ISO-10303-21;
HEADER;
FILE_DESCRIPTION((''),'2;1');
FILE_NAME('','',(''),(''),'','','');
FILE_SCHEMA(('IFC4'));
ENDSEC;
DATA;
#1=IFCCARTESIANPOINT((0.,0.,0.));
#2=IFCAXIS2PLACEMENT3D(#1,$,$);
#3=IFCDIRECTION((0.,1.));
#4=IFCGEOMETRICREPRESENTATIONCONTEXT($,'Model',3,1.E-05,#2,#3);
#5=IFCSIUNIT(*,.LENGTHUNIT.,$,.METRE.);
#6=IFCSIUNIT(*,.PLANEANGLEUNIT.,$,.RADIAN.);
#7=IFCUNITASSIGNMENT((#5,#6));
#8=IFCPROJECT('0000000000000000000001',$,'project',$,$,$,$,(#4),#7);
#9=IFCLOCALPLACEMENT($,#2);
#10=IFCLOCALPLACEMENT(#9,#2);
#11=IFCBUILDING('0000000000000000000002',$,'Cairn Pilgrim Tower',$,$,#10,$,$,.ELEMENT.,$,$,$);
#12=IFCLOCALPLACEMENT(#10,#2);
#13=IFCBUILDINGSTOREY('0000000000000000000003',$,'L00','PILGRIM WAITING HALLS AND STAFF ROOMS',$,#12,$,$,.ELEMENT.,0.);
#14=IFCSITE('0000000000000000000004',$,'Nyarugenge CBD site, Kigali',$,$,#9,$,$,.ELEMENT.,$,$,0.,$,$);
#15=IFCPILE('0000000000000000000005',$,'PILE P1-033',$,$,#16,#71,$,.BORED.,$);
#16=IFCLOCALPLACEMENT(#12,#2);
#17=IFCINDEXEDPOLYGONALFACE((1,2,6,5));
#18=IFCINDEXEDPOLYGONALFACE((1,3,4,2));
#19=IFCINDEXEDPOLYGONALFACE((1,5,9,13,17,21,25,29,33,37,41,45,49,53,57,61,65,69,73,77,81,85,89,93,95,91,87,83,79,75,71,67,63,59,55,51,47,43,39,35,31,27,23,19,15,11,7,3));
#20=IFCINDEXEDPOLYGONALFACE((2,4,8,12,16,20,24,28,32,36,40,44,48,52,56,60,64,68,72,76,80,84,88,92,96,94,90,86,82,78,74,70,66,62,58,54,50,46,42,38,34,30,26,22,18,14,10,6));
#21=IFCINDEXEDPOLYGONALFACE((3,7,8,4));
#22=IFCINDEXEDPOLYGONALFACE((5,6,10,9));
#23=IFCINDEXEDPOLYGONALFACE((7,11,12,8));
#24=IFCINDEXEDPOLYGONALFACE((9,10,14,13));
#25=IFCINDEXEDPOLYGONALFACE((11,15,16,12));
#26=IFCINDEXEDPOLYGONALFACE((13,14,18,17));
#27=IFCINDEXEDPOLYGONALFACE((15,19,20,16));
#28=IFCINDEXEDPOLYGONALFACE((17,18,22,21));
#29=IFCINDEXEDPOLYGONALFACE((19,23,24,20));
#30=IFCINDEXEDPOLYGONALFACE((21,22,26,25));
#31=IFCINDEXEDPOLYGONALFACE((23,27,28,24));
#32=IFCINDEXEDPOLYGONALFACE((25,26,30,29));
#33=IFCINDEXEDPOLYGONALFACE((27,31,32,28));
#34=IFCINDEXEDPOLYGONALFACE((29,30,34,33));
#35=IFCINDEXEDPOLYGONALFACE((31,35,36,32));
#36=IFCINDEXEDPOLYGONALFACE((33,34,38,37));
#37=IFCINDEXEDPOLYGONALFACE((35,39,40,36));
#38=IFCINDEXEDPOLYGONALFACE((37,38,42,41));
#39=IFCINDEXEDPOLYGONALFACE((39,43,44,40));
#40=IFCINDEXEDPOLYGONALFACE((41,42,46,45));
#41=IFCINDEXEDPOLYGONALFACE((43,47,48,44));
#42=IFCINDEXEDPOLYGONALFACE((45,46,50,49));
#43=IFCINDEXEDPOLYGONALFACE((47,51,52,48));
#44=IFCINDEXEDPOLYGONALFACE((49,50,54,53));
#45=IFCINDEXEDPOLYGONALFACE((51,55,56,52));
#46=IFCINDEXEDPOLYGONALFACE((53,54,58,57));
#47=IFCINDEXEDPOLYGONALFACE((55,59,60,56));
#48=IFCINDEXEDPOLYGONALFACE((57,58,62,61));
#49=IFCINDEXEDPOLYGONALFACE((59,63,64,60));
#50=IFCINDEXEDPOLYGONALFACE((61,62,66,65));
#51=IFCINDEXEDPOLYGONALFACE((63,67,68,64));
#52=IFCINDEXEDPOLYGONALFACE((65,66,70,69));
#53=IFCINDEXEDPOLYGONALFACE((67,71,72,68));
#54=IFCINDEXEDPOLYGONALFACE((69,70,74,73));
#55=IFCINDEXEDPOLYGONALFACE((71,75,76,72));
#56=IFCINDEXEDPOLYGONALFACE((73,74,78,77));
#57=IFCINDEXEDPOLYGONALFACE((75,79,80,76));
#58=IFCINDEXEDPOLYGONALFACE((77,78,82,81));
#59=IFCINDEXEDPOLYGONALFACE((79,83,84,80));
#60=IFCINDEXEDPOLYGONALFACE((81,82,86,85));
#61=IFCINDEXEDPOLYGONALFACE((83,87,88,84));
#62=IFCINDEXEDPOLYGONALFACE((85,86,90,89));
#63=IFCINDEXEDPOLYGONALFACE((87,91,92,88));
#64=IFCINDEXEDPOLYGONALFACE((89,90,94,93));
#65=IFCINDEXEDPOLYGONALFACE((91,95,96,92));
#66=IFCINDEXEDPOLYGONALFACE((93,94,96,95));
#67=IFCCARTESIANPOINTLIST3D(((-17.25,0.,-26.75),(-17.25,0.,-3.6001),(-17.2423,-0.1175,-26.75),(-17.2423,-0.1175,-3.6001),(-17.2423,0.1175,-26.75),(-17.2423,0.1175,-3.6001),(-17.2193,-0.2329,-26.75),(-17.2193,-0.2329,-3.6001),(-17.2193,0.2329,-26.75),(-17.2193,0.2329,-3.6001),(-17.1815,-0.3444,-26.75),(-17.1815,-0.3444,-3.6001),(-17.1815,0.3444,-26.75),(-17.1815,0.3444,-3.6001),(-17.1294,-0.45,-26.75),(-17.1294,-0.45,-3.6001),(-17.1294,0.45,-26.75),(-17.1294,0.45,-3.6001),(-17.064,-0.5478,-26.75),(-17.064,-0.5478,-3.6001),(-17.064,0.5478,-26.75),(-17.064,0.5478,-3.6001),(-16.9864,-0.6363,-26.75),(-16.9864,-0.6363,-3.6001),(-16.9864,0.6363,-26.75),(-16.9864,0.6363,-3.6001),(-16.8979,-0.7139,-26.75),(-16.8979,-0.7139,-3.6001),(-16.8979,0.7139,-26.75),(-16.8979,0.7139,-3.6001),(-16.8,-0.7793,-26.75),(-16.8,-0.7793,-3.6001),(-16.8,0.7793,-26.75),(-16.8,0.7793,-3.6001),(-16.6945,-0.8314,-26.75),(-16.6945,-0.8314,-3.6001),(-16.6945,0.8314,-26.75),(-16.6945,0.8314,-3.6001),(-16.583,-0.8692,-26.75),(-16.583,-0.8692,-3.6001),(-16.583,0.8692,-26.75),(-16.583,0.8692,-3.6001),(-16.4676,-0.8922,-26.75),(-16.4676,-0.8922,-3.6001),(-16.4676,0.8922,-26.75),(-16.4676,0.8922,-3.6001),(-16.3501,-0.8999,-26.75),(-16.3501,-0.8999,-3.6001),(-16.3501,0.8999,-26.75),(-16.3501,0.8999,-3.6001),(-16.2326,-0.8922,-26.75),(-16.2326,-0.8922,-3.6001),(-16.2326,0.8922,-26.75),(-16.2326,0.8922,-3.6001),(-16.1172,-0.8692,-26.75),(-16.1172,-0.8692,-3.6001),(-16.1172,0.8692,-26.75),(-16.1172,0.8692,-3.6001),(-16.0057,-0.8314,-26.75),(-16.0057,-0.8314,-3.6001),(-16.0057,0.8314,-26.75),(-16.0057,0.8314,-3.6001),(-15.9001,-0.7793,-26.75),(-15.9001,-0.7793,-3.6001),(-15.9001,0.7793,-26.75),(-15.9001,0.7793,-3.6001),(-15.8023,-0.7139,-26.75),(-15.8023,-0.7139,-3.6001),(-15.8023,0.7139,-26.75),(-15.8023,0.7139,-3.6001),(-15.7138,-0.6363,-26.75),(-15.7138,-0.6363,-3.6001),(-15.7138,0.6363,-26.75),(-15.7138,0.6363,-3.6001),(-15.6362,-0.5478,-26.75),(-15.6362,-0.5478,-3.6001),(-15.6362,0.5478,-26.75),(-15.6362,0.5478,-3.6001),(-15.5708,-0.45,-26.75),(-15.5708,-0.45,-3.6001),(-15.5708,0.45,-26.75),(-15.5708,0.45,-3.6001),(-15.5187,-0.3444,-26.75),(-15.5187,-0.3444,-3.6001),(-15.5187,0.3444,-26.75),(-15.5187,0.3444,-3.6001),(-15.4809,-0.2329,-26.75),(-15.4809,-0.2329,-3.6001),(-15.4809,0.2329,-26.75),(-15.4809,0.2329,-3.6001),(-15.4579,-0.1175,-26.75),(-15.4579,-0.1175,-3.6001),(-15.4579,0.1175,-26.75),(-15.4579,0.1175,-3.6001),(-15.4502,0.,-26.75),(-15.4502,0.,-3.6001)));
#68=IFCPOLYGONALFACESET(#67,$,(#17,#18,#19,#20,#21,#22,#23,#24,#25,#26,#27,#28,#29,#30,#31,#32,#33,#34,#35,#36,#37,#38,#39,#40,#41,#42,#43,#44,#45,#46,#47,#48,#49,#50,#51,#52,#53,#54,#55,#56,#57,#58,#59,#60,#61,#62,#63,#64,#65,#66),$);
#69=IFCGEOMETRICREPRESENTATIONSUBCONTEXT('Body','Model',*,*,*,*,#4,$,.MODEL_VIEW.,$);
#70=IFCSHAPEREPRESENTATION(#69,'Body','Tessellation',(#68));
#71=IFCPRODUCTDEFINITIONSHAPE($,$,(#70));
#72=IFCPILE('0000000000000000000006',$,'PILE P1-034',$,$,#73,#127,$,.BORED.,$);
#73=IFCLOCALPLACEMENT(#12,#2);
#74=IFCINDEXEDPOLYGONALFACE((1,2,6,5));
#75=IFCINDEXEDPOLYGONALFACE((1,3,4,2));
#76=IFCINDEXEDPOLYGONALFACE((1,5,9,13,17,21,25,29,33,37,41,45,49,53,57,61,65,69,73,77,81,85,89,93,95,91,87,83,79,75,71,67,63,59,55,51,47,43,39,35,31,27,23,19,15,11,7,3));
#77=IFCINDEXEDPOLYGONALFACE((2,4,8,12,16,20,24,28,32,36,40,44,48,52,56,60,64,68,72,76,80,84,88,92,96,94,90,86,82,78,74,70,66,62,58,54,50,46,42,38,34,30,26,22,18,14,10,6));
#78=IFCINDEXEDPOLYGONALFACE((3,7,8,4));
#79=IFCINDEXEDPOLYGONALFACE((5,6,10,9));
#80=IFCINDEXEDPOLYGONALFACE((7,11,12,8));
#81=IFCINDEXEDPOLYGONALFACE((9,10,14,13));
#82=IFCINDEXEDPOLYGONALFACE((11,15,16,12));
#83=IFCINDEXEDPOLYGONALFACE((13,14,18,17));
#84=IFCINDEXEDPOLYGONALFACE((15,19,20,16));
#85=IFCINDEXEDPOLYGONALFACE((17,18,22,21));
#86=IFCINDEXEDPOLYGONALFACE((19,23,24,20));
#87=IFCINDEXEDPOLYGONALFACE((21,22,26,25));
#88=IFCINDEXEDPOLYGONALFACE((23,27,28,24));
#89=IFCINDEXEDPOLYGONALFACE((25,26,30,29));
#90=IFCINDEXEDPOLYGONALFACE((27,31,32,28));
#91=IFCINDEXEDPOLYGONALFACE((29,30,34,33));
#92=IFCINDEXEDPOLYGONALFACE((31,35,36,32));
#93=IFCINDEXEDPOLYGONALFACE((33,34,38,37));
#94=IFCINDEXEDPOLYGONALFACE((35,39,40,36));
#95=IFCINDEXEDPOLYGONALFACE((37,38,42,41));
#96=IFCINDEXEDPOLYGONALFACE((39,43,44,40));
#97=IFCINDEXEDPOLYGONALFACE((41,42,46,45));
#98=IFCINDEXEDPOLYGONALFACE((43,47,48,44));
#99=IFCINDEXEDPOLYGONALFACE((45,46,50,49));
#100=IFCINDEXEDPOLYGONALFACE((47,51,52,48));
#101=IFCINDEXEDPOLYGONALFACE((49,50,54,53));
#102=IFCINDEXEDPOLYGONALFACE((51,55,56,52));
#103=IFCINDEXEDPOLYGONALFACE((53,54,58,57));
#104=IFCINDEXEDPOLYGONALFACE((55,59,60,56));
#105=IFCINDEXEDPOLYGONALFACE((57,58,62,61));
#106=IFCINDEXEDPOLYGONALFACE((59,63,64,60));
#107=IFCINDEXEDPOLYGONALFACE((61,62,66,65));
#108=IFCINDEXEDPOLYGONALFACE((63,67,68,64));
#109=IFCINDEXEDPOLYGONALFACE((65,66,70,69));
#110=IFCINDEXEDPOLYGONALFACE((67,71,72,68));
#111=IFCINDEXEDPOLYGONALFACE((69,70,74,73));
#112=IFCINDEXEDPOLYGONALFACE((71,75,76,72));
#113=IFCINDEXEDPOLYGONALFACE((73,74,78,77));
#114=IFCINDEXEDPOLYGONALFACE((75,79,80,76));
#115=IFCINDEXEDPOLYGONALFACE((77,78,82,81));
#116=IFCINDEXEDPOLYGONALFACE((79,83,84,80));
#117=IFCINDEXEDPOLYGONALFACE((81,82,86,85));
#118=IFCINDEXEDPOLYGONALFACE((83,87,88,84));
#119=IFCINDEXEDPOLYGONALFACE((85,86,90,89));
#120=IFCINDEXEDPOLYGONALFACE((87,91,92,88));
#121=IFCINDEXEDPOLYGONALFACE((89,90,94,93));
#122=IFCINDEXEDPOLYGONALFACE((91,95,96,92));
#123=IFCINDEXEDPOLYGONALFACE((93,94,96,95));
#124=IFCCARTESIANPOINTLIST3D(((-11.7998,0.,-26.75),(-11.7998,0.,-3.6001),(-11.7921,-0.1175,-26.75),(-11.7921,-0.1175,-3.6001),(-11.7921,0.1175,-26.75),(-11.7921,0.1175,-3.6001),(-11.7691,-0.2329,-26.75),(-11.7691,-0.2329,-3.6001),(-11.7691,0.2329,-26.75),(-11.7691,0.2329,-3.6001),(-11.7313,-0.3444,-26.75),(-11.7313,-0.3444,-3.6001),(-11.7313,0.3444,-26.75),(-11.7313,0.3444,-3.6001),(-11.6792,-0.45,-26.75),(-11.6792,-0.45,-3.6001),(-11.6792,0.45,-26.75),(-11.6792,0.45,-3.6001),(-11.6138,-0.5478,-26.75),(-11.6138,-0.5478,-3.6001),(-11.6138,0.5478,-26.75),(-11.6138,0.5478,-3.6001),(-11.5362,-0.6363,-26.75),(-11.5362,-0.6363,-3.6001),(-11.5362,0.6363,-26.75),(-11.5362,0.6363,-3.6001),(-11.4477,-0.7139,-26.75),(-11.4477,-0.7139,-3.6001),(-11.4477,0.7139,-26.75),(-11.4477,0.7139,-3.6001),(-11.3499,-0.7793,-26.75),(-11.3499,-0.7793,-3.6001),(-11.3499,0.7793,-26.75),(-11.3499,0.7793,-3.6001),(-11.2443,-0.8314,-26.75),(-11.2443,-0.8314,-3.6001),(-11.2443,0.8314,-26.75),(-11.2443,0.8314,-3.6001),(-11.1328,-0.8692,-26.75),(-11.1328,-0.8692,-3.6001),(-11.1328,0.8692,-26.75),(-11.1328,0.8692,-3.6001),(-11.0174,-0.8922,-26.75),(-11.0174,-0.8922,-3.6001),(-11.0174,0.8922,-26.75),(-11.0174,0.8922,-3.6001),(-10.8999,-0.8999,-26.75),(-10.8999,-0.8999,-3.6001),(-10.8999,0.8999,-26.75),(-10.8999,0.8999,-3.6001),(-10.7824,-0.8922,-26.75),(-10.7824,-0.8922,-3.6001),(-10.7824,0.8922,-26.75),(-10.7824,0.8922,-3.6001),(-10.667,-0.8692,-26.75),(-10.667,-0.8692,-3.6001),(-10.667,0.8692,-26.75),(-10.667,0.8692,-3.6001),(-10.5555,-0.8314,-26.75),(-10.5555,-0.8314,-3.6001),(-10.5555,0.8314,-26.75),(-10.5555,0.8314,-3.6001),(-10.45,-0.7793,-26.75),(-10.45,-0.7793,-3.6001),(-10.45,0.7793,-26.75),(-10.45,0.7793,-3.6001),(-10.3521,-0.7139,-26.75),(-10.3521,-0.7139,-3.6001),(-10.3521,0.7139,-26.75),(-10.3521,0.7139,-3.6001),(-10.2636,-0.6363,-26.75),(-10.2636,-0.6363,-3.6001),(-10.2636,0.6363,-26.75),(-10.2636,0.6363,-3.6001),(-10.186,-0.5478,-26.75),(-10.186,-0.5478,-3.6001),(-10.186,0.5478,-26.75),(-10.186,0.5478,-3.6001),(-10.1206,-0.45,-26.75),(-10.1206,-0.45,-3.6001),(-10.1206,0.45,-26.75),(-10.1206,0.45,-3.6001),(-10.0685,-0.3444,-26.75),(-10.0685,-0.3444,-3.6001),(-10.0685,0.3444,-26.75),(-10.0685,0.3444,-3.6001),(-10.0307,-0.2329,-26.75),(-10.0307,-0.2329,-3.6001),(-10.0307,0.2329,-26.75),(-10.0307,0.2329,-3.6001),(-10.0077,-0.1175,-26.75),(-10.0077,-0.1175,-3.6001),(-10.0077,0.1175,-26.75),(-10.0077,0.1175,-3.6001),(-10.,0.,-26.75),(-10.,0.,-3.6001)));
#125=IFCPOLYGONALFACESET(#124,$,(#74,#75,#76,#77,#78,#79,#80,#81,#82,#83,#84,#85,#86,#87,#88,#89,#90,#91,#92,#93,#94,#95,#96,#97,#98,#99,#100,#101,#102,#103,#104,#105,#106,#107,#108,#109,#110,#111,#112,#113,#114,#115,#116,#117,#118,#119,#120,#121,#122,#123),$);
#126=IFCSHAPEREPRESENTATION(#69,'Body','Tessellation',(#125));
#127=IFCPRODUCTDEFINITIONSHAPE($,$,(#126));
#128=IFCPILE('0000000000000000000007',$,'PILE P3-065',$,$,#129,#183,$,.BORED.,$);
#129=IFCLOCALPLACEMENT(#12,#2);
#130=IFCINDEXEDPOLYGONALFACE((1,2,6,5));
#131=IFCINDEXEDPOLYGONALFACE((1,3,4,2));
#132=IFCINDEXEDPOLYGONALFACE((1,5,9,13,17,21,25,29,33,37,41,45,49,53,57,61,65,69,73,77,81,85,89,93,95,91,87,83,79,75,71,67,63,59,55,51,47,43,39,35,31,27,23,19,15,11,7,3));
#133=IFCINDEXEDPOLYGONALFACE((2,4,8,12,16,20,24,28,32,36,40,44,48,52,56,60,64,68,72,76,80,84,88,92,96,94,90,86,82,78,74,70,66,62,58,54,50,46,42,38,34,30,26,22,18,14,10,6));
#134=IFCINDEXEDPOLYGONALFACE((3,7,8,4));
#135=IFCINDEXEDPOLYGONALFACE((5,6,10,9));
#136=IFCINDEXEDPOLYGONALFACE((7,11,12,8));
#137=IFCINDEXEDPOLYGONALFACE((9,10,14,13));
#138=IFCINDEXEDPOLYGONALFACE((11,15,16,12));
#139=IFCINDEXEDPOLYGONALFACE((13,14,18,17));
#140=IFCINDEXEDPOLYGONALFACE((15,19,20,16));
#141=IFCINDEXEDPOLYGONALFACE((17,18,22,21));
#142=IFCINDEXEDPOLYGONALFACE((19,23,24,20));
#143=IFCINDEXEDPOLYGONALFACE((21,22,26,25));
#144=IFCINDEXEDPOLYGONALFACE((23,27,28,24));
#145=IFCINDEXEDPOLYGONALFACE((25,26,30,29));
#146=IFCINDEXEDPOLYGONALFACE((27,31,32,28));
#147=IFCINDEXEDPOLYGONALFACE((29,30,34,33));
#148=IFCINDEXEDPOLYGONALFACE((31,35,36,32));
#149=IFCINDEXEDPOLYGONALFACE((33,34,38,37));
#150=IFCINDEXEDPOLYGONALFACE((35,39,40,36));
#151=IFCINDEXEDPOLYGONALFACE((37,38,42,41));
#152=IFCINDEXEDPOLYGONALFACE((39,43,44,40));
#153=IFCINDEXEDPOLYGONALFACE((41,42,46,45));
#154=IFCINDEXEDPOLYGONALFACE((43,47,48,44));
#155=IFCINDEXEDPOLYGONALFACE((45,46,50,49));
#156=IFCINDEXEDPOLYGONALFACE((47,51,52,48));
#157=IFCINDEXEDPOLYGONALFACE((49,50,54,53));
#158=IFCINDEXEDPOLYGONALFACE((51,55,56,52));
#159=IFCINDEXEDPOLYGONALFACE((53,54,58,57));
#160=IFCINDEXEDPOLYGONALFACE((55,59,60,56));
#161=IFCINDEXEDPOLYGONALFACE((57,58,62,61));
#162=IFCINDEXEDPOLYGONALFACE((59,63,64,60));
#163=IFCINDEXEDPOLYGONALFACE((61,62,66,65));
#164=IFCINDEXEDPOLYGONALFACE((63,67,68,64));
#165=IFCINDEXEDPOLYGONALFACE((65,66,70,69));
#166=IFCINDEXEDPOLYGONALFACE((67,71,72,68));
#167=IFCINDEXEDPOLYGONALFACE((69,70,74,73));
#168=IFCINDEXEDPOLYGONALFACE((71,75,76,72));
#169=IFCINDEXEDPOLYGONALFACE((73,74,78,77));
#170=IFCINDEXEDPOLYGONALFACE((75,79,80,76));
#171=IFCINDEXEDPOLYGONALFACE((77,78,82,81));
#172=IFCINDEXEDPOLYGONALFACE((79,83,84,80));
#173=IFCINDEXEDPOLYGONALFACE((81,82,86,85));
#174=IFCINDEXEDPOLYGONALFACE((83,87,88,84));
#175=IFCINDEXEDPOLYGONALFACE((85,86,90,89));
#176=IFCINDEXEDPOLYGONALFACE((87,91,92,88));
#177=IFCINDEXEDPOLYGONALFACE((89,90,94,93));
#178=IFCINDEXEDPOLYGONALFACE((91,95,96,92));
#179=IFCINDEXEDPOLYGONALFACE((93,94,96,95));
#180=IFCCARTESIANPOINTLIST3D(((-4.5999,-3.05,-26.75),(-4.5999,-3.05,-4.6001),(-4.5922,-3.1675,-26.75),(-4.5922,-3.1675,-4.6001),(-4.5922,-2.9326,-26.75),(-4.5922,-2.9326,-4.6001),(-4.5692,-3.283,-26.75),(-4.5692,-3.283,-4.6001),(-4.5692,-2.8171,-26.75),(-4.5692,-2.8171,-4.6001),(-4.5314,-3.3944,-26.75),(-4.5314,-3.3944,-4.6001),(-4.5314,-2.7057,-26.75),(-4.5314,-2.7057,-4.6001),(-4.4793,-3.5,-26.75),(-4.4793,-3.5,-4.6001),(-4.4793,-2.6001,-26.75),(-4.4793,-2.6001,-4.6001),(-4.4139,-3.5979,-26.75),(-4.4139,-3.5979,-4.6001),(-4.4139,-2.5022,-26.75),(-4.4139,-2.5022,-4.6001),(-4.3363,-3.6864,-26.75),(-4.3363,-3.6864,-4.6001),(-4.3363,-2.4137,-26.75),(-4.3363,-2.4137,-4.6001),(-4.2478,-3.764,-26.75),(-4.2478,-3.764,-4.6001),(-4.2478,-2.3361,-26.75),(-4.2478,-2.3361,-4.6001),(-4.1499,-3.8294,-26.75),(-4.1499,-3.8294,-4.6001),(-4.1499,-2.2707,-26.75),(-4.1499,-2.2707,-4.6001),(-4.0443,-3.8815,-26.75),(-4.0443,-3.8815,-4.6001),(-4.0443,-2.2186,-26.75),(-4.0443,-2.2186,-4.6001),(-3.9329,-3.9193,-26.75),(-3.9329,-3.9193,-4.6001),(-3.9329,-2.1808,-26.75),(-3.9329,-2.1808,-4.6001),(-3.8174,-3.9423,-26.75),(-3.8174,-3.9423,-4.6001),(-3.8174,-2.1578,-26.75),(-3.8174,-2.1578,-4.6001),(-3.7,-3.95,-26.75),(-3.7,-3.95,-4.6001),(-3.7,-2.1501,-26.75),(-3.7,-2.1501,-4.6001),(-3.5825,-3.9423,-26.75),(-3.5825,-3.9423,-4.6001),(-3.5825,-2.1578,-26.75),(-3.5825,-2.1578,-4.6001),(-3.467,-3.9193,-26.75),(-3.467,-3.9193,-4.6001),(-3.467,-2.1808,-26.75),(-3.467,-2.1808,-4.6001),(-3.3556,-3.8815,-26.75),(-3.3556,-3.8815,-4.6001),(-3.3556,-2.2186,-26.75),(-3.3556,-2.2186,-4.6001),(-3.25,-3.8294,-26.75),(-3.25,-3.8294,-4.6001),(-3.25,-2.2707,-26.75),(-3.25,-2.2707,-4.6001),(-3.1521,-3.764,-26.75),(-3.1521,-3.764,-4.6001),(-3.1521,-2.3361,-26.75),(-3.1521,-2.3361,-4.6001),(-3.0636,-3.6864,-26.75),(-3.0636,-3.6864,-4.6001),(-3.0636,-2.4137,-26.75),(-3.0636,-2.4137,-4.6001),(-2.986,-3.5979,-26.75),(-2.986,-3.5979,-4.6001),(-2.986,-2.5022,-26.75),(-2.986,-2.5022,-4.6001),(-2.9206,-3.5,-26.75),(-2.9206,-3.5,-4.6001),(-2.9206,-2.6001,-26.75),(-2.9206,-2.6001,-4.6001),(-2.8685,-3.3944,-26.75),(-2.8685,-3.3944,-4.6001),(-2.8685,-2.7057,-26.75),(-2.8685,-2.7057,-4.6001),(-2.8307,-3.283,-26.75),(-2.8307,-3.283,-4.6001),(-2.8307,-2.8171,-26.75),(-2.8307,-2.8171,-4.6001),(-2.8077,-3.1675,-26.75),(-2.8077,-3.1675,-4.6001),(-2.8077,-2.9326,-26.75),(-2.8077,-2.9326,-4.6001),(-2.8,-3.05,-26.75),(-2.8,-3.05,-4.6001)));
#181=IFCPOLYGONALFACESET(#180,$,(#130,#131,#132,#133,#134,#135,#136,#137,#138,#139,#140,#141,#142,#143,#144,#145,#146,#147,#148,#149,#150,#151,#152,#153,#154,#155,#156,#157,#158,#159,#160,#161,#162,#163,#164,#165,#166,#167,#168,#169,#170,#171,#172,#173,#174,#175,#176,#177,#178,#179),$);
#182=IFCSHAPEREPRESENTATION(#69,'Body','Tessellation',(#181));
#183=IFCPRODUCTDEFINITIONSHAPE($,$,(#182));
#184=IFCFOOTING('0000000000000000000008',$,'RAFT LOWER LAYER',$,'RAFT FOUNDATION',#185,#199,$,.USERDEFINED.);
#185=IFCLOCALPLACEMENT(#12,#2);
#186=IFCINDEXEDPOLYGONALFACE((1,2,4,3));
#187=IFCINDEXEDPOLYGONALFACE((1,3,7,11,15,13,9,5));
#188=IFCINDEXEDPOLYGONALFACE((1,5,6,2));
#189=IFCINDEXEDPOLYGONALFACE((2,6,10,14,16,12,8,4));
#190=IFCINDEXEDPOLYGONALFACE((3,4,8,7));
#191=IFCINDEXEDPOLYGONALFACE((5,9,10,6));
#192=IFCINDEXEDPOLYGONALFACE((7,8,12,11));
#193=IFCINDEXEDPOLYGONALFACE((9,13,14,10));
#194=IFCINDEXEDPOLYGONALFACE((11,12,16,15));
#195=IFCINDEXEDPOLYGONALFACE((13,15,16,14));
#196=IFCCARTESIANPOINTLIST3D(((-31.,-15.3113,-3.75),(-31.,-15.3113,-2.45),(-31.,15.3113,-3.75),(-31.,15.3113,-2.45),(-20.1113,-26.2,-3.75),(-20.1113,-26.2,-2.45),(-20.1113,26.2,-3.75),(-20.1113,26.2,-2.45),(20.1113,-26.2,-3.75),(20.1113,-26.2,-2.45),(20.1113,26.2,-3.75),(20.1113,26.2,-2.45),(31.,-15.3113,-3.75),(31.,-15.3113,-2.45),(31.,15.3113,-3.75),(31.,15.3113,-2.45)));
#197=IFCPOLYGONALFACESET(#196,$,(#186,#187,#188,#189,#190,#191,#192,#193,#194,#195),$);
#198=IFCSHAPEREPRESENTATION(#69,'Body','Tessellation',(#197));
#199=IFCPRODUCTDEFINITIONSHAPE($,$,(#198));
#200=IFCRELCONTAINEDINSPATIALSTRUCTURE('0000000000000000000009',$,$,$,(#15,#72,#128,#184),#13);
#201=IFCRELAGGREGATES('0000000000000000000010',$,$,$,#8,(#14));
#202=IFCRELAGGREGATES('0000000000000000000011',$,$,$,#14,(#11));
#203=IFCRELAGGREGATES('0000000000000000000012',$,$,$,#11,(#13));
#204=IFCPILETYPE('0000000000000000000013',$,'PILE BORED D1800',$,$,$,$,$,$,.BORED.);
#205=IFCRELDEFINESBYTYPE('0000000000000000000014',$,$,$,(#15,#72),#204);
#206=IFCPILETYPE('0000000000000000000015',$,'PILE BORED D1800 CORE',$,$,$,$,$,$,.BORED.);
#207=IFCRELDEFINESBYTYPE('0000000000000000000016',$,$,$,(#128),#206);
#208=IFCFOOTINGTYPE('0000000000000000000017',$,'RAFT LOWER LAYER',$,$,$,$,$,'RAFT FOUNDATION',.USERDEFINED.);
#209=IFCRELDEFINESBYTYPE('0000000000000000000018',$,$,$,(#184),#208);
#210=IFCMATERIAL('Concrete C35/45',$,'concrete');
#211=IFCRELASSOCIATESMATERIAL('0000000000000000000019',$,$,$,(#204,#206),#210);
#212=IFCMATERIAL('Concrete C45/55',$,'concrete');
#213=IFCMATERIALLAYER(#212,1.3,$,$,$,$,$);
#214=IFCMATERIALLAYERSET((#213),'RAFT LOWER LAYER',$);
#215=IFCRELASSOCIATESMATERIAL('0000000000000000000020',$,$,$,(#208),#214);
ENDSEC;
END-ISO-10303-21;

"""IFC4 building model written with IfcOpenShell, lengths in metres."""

from ifc_helpers import new_model, si_unit, direction, frame, origin, origin_2d, place, context, subcontext, project, spatial, polyline, circle, outline, extrude, material, layer, layer_set, material_profile, profile_set, type_object, element, save


model = new_model("IFC4")

# Units and contexts
model_context = context("Model", 3, precision=1e-05, world=origin(), true_north=direction((0.0, 1.0)))
body_context = subcontext(model_context, "Body", "Model", "MODEL_VIEW")
ifc_project = project(units=[si_unit("LENGTHUNIT", "METRE"), si_unit("PLANEANGLEUNIT", "RADIAN")], contexts=[model_context])

# Site, building, storey
site_placement = place(None, origin())
site = spatial("IfcSite", under=ifc_project, at=site_placement, Name="Nyarugenge CBD site, Kigali", CompositionType="ELEMENT", RefElevation=0.0)
building_placement = place(site_placement, origin())
building = spatial("IfcBuilding", under=site, at=building_placement, Name="Cairn Pilgrim Tower", CompositionType="ELEMENT")
storey_placement = place(building_placement, origin())
storey = spatial("IfcBuildingStorey", under=building, at=storey_placement, Name="L00", Description="PILGRIM WAITING HALLS AND STAFF ROOMS", CompositionType="ELEMENT", Elevation=0.0)

# Piles
ifc_material_1 = material(Name="Concrete C35/45", Category="concrete")
ifc_material_profile_1 = material_profile(ifc_material_1, circle(Radius=0.8999, at=origin_2d()), Name="D1800")
ifc_profile_set_1 = profile_set([ifc_material_profile_1], Name="Concrete C35/45")
pile_type_1 = type_object("IfcPileType", Name="PILE BORED D1800", PredefinedType="BORED", material=ifc_profile_set_1)
for number, where, z_axis, x_axis, name in (
    (1, (-16.3501, 0.0, -3.6001), (0.0, 0.0, -1.0), (1.0, 0.0, 0.0), "PILE P1-033"),
    (2, (-10.8999, 0.0, -3.6001), (0.0, 0.0, -1.0), (1.0, 0.0, 0.0), "PILE P1-034"),
):
    element("IfcPile", number, at=place(storey_placement, frame(where, z_axis=z_axis, x_axis=x_axis)), inside=storey, type_object=pile_type_1, Name=name, PredefinedType="BORED", context=body_context, shape_type="SweptSolid", body=[
        extrude(circle(Radius=0.8999, at=origin_2d()), origin(), (0.0, 0.0, 1.0), 23.1499),
    ])
ifc_material_profile_2 = material_profile(ifc_material_1, circle(Radius=0.8999, at=origin_2d()), Name="D1800")
ifc_profile_set_2 = profile_set([ifc_material_profile_2], Name="Concrete C35/45")
pile_type_2 = type_object("IfcPileType", Name="PILE BORED D1800 CORE", PredefinedType="BORED", material=ifc_profile_set_2)
pile_placement = place(storey_placement, frame((-3.7, -3.05, -4.6001), z_axis=(0.0, 0.0, -1.0), x_axis=(1.0, 0.0, 0.0)))
element("IfcPile", 3, at=pile_placement, inside=storey, type_object=pile_type_2, Name="PILE P3-065", PredefinedType="BORED", context=body_context, shape_type="SweptSolid", body=[
    extrude(circle(Radius=0.8999, at=origin_2d()), origin(), (0.0, 0.0, 1.0), 22.1499),
])

# Footing
ifc_material_2 = material(Name="Concrete C45/55", Category="concrete")
ifc_layer_1 = layer(ifc_material_2, 1.3)
ifc_layer_set_1 = layer_set([ifc_layer_1], Name="RAFT LOWER LAYER")
footing_type_1 = type_object("IfcFootingType", Name="RAFT LOWER LAYER", ElementType="RAFT FOUNDATION", PredefinedType="USERDEFINED", material=ifc_layer_set_1)
footing_1_placement = place(storey_placement, frame((0.0, 0.0, -3.75)))
element("IfcFooting", 4, at=footing_1_placement, inside=storey, type_object=footing_type_1, Name="RAFT LOWER LAYER", ObjectType="RAFT FOUNDATION", PredefinedType="USERDEFINED", context=body_context, shape_type="SweptSolid", body=[
    extrude(outline(polyline([(20.1113, -26.2), (31.0, -15.3113), (31.0, 15.3113), (20.1113, 26.2), (-20.1113, 26.2), (-31.0, 15.3113), (-31.0, -15.3113), (-20.1113, -26.2), (20.1113, -26.2)])), origin(), (0.0, 0.0, 1.0), 1.3),
])

save(model, "model.ifc")
